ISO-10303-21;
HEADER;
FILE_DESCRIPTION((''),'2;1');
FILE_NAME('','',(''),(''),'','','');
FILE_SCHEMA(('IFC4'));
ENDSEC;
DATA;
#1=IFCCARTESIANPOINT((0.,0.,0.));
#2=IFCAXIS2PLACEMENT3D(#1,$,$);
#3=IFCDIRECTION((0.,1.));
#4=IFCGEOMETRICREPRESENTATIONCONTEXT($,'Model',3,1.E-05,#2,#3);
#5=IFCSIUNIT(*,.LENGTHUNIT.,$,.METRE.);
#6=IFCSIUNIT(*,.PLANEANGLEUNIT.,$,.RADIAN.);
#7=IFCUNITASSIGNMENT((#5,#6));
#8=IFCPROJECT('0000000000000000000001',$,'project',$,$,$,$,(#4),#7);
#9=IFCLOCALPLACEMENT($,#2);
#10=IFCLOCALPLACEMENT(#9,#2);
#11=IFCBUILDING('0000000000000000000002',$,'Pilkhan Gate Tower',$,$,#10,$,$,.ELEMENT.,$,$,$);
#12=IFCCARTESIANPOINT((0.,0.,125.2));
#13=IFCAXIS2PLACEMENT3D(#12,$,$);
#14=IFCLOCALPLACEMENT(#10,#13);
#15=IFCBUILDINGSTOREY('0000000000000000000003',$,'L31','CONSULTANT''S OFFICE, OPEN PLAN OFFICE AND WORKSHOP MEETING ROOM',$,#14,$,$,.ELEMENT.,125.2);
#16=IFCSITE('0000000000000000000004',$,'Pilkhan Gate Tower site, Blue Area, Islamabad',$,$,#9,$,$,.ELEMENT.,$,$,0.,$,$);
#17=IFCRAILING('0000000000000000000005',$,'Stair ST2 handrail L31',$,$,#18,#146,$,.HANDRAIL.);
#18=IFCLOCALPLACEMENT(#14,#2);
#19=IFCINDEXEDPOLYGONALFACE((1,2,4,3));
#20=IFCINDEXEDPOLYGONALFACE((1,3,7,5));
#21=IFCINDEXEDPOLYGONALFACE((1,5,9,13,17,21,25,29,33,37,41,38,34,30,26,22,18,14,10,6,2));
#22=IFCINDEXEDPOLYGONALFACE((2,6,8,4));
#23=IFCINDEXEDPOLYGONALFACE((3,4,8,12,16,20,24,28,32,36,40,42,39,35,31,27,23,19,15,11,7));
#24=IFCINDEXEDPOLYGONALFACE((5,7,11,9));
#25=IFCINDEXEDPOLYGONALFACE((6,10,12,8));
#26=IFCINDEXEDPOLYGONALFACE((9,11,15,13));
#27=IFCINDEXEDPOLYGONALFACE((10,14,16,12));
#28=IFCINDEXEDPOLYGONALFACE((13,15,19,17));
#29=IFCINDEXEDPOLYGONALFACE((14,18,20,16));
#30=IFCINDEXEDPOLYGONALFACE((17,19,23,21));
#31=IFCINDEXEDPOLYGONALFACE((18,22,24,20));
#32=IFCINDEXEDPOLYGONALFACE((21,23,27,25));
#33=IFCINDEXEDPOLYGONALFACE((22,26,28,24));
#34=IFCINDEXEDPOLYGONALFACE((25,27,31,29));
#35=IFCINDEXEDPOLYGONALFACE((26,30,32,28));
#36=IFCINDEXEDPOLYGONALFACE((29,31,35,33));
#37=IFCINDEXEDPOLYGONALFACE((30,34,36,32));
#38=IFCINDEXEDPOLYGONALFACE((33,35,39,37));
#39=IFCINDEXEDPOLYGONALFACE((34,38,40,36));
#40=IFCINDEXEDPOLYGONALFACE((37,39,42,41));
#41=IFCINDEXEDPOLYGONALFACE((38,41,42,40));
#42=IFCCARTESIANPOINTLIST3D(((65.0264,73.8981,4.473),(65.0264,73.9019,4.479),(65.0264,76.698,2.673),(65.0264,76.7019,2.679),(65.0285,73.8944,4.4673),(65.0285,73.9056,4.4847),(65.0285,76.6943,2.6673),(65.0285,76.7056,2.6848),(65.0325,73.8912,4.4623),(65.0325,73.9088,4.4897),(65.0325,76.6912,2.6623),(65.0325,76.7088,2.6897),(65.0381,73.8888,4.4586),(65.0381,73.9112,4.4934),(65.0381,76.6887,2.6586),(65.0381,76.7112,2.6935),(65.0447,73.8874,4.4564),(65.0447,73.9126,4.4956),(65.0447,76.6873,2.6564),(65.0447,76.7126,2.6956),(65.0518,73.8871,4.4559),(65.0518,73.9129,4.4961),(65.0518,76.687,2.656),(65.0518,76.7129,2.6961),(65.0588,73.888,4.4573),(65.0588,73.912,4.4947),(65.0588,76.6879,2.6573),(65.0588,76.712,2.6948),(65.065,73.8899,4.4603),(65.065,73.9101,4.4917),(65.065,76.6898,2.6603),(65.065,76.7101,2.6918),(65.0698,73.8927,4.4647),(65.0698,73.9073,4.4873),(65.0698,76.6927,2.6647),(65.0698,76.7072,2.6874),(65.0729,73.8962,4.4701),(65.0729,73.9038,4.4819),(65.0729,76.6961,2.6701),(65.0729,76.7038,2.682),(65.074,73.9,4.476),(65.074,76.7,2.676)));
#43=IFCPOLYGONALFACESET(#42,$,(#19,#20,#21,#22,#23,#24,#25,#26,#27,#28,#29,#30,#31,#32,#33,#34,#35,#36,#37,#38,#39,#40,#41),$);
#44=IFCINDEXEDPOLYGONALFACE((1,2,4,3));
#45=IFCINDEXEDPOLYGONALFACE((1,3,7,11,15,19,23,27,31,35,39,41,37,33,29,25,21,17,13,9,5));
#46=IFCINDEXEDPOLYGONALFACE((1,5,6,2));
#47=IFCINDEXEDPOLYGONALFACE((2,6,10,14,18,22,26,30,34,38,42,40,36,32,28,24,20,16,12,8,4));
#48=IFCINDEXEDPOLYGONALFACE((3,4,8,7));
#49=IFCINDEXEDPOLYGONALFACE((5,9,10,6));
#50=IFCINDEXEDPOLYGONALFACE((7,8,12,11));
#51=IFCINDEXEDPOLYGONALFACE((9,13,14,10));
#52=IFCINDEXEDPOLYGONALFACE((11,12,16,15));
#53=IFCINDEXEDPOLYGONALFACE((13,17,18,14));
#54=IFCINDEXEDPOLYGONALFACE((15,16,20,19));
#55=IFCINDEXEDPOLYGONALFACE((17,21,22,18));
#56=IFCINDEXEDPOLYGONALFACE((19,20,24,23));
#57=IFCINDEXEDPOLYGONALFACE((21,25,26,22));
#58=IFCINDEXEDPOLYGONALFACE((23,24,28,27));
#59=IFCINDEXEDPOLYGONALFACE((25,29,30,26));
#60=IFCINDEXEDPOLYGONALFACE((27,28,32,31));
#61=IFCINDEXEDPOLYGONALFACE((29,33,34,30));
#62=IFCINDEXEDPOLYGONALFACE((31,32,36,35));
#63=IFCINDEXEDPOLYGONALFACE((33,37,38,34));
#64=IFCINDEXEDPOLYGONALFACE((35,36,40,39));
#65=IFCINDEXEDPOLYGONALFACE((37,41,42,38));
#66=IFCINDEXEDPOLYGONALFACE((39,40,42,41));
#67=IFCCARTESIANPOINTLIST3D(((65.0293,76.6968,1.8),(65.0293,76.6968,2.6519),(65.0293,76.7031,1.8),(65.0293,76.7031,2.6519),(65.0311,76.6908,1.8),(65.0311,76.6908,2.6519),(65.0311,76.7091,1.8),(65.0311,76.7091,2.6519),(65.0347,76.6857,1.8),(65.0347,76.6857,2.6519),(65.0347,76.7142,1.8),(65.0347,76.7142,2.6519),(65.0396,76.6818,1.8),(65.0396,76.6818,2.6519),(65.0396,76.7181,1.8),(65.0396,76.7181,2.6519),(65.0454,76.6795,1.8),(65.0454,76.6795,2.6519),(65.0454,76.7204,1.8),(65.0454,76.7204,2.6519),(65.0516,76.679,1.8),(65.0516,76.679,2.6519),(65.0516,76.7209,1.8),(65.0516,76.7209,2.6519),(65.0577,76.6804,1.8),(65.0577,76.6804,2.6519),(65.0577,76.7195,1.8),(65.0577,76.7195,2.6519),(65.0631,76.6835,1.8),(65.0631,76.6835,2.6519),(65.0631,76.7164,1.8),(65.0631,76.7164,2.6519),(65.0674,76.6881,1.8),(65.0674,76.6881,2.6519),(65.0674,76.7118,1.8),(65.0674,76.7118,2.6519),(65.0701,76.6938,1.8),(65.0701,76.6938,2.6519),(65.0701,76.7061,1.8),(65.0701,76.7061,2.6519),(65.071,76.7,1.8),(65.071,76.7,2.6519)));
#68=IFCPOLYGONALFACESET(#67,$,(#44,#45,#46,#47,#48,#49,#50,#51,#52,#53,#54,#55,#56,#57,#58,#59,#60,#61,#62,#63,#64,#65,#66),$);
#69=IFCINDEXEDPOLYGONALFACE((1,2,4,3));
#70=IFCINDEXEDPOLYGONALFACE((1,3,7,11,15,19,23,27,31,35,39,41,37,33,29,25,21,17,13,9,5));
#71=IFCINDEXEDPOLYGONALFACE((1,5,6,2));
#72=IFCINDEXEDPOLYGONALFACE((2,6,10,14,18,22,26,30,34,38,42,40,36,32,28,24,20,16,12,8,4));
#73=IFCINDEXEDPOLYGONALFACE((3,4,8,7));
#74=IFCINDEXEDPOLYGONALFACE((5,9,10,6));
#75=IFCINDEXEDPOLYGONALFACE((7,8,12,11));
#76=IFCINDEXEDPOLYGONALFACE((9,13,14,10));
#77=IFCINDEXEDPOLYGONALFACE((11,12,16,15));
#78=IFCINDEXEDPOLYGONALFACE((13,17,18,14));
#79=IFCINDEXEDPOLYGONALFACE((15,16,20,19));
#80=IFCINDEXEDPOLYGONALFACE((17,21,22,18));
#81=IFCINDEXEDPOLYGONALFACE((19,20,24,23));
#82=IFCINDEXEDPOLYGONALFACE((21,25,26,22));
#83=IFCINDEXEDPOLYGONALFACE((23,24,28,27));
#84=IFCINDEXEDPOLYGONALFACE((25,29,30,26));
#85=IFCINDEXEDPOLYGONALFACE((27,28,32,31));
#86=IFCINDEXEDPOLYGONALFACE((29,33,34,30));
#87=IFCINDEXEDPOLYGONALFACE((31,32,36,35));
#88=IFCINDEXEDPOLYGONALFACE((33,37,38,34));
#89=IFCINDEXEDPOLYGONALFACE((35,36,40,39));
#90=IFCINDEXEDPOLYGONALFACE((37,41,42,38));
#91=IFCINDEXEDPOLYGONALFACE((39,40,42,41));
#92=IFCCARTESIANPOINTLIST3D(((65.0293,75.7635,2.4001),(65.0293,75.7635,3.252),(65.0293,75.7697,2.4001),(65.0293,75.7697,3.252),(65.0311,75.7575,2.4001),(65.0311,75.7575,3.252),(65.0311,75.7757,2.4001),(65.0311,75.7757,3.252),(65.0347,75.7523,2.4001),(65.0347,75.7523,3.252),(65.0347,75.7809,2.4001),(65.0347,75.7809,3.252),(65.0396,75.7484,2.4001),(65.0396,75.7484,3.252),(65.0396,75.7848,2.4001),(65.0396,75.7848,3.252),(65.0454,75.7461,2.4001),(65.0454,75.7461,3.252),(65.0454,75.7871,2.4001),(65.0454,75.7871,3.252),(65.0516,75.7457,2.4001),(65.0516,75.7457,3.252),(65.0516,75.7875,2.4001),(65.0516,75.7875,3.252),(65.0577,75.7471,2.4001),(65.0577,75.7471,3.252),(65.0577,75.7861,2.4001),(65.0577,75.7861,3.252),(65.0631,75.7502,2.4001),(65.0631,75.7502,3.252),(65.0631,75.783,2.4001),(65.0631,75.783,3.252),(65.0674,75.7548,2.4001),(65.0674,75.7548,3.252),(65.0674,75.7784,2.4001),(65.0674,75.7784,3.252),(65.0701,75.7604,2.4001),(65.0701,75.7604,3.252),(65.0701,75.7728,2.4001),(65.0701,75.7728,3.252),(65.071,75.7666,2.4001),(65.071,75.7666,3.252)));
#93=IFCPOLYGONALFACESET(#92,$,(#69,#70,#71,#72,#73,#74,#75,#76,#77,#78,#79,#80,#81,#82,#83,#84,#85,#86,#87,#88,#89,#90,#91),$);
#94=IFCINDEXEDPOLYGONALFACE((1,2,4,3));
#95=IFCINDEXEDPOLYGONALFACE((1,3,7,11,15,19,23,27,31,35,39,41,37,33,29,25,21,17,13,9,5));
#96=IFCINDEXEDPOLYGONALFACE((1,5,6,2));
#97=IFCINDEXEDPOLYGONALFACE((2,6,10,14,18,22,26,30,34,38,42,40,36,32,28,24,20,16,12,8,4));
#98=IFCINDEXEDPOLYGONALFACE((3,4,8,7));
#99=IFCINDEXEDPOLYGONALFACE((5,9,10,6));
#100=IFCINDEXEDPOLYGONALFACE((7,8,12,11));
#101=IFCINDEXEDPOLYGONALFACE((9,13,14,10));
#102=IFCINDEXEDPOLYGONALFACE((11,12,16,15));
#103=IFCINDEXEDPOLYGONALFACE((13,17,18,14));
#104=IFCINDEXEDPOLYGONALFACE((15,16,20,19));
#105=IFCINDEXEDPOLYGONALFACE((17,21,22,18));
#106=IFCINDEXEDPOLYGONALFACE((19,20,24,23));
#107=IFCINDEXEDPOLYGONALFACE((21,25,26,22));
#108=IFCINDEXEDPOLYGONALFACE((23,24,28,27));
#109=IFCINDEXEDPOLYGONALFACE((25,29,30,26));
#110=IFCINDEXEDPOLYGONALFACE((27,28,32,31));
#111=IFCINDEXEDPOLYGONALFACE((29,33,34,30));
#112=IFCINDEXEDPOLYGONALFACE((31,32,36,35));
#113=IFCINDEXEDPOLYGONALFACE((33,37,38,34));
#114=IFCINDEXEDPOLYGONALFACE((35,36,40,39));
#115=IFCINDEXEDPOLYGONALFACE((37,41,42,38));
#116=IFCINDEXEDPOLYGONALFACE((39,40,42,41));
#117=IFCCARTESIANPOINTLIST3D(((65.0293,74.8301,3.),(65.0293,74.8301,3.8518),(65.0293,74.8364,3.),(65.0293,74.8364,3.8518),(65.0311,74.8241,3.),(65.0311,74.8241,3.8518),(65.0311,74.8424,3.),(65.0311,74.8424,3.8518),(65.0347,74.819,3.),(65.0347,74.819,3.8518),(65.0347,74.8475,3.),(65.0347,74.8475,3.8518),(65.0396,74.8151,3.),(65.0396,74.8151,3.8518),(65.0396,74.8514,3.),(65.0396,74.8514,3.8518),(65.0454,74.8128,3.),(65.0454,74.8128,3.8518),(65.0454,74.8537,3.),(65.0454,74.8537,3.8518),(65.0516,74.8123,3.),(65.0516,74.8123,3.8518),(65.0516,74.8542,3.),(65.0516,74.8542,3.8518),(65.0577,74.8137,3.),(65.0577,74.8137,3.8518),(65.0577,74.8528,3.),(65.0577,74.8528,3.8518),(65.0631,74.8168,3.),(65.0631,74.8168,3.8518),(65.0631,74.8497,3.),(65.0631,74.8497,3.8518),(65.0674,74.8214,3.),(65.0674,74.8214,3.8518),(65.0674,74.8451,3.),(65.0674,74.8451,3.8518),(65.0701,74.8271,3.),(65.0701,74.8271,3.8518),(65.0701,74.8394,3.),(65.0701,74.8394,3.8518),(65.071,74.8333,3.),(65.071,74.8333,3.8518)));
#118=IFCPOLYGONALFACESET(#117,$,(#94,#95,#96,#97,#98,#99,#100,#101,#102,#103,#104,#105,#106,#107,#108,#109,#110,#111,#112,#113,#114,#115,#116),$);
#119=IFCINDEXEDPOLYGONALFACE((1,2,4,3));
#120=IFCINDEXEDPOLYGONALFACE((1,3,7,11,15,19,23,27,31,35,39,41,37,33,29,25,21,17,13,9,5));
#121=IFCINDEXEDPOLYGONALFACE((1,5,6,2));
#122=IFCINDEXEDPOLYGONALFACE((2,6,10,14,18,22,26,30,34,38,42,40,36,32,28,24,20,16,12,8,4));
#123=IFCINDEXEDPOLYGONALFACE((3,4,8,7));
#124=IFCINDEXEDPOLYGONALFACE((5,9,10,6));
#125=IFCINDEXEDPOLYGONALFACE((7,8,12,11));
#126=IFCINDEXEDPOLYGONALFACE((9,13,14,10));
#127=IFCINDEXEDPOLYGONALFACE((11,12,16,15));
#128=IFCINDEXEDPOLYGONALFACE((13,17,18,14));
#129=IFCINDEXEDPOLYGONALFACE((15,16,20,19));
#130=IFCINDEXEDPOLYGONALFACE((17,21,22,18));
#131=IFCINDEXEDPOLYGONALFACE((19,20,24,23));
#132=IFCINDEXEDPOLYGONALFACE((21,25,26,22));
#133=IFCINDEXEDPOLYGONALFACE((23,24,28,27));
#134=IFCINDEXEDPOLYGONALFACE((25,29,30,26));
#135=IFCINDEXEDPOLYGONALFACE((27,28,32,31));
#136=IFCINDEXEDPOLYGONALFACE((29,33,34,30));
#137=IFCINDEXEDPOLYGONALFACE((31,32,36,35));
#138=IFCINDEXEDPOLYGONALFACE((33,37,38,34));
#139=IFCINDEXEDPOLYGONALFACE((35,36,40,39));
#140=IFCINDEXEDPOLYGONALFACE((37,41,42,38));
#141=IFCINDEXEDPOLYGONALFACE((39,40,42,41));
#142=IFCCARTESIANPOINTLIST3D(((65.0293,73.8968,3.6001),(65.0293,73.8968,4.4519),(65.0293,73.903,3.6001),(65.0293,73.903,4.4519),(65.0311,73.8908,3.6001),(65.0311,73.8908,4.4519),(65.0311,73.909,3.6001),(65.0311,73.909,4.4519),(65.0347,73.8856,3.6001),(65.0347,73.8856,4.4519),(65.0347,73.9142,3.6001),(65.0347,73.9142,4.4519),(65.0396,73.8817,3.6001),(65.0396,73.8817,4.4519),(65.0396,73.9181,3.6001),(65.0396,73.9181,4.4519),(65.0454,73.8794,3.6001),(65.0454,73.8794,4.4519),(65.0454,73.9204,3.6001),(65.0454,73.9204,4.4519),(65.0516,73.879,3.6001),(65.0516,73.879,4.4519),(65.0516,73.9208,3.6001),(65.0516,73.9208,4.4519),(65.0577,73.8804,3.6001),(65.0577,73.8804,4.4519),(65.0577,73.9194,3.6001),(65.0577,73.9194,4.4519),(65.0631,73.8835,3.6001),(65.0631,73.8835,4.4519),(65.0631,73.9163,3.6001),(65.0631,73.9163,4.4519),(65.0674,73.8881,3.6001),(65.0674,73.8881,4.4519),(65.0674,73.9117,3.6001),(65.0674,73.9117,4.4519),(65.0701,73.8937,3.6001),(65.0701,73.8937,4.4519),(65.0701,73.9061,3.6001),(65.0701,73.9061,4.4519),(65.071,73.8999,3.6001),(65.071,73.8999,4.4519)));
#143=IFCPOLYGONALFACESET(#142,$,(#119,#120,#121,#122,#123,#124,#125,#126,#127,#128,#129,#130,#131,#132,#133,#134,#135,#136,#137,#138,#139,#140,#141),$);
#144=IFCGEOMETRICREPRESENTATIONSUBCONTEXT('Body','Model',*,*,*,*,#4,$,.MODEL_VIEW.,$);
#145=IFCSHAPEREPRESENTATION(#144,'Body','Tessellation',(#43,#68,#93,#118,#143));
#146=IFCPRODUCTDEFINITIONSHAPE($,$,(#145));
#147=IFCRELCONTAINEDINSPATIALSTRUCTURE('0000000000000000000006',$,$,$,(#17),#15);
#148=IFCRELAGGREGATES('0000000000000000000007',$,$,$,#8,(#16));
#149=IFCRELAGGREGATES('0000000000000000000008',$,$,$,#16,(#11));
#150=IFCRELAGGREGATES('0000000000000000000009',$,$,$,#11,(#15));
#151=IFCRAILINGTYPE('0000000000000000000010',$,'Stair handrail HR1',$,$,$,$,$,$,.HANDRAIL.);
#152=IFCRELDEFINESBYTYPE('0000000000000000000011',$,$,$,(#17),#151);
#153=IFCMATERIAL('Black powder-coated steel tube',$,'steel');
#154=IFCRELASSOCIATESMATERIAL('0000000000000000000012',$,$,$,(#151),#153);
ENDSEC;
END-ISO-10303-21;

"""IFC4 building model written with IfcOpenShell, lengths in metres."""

from ifc_helpers import new_model, si_unit, direction, frame, origin, origin_2d, place, context, subcontext, project, spatial, circle, extrude, material, type_object, element, save


model = new_model("IFC4")

# Units and contexts
model_context = context("Model", 3, precision=1e-05, world=origin(), true_north=direction((0.0, 1.0)))
body_context = subcontext(model_context, "Body", "Model", "MODEL_VIEW")
ifc_project = project(units=[si_unit("LENGTHUNIT", "METRE"), si_unit("PLANEANGLEUNIT", "RADIAN")], contexts=[model_context])

# Site, building, storey
site_placement = place(None, origin())
site = spatial("IfcSite", under=ifc_project, at=site_placement, Name="Pilkhan Gate Tower site, Blue Area, Islamabad", CompositionType="ELEMENT", RefElevation=0.0)
building_placement = place(site_placement, origin())
building = spatial("IfcBuilding", under=site, at=building_placement, Name="Pilkhan Gate Tower", CompositionType="ELEMENT")
storey_placement = place(building_placement, frame((0.0, 0.0, 125.2)))
storey = spatial("IfcBuildingStorey", under=building, at=storey_placement, Name="L31", Description="CONSULTANT'S OFFICE, OPEN PLAN OFFICE AND WORKSHOP MEETING ROOM", CompositionType="ELEMENT", Elevation=125.2)

# Railing
ifc_material_1 = material(Name="Black powder-coated steel tube", Category="steel")
railing_type_1 = type_object("IfcRailingType", Name="Stair handrail HR1", PredefinedType="HANDRAIL", material=ifc_material_1)
railing_1_placement = place(storey_placement, frame((65.05, 76.7, 1.8)))
element("IfcRailing", 1, at=railing_1_placement, inside=storey, type_object=railing_type_1, Name="Stair ST2 handrail L31", PredefinedType="HANDRAIL", context=body_context, shape_type="SweptSolid", body=[
    extrude(circle(Radius=0.0239, at=origin_2d()), frame((0.0, 0.0, 0.876), z_axis=(0.0, -0.841176, 0.540761), x_axis=(1.0, 0.0, 0.0)), (0.0, 0.0, 1.0), 3.3286),
    extrude(circle(Radius=0.021, at=origin_2d()), origin(), (0.0, 0.0, 1.0), 0.8518),
    extrude(circle(Radius=0.021, at=origin_2d()), frame((0.0, -0.9333, 0.6001)), (0.0, 0.0, 1.0), 0.8518),
    extrude(circle(Radius=0.021, at=origin_2d()), frame((0.0, -1.8667, 1.2)), (0.0, 0.0, 1.0), 0.8518),
    extrude(circle(Radius=0.021, at=origin_2d()), frame((0.0, -2.8, 1.8)), (0.0, 0.0, 1.0), 0.8518),
])

save(model, "model.ifc")
